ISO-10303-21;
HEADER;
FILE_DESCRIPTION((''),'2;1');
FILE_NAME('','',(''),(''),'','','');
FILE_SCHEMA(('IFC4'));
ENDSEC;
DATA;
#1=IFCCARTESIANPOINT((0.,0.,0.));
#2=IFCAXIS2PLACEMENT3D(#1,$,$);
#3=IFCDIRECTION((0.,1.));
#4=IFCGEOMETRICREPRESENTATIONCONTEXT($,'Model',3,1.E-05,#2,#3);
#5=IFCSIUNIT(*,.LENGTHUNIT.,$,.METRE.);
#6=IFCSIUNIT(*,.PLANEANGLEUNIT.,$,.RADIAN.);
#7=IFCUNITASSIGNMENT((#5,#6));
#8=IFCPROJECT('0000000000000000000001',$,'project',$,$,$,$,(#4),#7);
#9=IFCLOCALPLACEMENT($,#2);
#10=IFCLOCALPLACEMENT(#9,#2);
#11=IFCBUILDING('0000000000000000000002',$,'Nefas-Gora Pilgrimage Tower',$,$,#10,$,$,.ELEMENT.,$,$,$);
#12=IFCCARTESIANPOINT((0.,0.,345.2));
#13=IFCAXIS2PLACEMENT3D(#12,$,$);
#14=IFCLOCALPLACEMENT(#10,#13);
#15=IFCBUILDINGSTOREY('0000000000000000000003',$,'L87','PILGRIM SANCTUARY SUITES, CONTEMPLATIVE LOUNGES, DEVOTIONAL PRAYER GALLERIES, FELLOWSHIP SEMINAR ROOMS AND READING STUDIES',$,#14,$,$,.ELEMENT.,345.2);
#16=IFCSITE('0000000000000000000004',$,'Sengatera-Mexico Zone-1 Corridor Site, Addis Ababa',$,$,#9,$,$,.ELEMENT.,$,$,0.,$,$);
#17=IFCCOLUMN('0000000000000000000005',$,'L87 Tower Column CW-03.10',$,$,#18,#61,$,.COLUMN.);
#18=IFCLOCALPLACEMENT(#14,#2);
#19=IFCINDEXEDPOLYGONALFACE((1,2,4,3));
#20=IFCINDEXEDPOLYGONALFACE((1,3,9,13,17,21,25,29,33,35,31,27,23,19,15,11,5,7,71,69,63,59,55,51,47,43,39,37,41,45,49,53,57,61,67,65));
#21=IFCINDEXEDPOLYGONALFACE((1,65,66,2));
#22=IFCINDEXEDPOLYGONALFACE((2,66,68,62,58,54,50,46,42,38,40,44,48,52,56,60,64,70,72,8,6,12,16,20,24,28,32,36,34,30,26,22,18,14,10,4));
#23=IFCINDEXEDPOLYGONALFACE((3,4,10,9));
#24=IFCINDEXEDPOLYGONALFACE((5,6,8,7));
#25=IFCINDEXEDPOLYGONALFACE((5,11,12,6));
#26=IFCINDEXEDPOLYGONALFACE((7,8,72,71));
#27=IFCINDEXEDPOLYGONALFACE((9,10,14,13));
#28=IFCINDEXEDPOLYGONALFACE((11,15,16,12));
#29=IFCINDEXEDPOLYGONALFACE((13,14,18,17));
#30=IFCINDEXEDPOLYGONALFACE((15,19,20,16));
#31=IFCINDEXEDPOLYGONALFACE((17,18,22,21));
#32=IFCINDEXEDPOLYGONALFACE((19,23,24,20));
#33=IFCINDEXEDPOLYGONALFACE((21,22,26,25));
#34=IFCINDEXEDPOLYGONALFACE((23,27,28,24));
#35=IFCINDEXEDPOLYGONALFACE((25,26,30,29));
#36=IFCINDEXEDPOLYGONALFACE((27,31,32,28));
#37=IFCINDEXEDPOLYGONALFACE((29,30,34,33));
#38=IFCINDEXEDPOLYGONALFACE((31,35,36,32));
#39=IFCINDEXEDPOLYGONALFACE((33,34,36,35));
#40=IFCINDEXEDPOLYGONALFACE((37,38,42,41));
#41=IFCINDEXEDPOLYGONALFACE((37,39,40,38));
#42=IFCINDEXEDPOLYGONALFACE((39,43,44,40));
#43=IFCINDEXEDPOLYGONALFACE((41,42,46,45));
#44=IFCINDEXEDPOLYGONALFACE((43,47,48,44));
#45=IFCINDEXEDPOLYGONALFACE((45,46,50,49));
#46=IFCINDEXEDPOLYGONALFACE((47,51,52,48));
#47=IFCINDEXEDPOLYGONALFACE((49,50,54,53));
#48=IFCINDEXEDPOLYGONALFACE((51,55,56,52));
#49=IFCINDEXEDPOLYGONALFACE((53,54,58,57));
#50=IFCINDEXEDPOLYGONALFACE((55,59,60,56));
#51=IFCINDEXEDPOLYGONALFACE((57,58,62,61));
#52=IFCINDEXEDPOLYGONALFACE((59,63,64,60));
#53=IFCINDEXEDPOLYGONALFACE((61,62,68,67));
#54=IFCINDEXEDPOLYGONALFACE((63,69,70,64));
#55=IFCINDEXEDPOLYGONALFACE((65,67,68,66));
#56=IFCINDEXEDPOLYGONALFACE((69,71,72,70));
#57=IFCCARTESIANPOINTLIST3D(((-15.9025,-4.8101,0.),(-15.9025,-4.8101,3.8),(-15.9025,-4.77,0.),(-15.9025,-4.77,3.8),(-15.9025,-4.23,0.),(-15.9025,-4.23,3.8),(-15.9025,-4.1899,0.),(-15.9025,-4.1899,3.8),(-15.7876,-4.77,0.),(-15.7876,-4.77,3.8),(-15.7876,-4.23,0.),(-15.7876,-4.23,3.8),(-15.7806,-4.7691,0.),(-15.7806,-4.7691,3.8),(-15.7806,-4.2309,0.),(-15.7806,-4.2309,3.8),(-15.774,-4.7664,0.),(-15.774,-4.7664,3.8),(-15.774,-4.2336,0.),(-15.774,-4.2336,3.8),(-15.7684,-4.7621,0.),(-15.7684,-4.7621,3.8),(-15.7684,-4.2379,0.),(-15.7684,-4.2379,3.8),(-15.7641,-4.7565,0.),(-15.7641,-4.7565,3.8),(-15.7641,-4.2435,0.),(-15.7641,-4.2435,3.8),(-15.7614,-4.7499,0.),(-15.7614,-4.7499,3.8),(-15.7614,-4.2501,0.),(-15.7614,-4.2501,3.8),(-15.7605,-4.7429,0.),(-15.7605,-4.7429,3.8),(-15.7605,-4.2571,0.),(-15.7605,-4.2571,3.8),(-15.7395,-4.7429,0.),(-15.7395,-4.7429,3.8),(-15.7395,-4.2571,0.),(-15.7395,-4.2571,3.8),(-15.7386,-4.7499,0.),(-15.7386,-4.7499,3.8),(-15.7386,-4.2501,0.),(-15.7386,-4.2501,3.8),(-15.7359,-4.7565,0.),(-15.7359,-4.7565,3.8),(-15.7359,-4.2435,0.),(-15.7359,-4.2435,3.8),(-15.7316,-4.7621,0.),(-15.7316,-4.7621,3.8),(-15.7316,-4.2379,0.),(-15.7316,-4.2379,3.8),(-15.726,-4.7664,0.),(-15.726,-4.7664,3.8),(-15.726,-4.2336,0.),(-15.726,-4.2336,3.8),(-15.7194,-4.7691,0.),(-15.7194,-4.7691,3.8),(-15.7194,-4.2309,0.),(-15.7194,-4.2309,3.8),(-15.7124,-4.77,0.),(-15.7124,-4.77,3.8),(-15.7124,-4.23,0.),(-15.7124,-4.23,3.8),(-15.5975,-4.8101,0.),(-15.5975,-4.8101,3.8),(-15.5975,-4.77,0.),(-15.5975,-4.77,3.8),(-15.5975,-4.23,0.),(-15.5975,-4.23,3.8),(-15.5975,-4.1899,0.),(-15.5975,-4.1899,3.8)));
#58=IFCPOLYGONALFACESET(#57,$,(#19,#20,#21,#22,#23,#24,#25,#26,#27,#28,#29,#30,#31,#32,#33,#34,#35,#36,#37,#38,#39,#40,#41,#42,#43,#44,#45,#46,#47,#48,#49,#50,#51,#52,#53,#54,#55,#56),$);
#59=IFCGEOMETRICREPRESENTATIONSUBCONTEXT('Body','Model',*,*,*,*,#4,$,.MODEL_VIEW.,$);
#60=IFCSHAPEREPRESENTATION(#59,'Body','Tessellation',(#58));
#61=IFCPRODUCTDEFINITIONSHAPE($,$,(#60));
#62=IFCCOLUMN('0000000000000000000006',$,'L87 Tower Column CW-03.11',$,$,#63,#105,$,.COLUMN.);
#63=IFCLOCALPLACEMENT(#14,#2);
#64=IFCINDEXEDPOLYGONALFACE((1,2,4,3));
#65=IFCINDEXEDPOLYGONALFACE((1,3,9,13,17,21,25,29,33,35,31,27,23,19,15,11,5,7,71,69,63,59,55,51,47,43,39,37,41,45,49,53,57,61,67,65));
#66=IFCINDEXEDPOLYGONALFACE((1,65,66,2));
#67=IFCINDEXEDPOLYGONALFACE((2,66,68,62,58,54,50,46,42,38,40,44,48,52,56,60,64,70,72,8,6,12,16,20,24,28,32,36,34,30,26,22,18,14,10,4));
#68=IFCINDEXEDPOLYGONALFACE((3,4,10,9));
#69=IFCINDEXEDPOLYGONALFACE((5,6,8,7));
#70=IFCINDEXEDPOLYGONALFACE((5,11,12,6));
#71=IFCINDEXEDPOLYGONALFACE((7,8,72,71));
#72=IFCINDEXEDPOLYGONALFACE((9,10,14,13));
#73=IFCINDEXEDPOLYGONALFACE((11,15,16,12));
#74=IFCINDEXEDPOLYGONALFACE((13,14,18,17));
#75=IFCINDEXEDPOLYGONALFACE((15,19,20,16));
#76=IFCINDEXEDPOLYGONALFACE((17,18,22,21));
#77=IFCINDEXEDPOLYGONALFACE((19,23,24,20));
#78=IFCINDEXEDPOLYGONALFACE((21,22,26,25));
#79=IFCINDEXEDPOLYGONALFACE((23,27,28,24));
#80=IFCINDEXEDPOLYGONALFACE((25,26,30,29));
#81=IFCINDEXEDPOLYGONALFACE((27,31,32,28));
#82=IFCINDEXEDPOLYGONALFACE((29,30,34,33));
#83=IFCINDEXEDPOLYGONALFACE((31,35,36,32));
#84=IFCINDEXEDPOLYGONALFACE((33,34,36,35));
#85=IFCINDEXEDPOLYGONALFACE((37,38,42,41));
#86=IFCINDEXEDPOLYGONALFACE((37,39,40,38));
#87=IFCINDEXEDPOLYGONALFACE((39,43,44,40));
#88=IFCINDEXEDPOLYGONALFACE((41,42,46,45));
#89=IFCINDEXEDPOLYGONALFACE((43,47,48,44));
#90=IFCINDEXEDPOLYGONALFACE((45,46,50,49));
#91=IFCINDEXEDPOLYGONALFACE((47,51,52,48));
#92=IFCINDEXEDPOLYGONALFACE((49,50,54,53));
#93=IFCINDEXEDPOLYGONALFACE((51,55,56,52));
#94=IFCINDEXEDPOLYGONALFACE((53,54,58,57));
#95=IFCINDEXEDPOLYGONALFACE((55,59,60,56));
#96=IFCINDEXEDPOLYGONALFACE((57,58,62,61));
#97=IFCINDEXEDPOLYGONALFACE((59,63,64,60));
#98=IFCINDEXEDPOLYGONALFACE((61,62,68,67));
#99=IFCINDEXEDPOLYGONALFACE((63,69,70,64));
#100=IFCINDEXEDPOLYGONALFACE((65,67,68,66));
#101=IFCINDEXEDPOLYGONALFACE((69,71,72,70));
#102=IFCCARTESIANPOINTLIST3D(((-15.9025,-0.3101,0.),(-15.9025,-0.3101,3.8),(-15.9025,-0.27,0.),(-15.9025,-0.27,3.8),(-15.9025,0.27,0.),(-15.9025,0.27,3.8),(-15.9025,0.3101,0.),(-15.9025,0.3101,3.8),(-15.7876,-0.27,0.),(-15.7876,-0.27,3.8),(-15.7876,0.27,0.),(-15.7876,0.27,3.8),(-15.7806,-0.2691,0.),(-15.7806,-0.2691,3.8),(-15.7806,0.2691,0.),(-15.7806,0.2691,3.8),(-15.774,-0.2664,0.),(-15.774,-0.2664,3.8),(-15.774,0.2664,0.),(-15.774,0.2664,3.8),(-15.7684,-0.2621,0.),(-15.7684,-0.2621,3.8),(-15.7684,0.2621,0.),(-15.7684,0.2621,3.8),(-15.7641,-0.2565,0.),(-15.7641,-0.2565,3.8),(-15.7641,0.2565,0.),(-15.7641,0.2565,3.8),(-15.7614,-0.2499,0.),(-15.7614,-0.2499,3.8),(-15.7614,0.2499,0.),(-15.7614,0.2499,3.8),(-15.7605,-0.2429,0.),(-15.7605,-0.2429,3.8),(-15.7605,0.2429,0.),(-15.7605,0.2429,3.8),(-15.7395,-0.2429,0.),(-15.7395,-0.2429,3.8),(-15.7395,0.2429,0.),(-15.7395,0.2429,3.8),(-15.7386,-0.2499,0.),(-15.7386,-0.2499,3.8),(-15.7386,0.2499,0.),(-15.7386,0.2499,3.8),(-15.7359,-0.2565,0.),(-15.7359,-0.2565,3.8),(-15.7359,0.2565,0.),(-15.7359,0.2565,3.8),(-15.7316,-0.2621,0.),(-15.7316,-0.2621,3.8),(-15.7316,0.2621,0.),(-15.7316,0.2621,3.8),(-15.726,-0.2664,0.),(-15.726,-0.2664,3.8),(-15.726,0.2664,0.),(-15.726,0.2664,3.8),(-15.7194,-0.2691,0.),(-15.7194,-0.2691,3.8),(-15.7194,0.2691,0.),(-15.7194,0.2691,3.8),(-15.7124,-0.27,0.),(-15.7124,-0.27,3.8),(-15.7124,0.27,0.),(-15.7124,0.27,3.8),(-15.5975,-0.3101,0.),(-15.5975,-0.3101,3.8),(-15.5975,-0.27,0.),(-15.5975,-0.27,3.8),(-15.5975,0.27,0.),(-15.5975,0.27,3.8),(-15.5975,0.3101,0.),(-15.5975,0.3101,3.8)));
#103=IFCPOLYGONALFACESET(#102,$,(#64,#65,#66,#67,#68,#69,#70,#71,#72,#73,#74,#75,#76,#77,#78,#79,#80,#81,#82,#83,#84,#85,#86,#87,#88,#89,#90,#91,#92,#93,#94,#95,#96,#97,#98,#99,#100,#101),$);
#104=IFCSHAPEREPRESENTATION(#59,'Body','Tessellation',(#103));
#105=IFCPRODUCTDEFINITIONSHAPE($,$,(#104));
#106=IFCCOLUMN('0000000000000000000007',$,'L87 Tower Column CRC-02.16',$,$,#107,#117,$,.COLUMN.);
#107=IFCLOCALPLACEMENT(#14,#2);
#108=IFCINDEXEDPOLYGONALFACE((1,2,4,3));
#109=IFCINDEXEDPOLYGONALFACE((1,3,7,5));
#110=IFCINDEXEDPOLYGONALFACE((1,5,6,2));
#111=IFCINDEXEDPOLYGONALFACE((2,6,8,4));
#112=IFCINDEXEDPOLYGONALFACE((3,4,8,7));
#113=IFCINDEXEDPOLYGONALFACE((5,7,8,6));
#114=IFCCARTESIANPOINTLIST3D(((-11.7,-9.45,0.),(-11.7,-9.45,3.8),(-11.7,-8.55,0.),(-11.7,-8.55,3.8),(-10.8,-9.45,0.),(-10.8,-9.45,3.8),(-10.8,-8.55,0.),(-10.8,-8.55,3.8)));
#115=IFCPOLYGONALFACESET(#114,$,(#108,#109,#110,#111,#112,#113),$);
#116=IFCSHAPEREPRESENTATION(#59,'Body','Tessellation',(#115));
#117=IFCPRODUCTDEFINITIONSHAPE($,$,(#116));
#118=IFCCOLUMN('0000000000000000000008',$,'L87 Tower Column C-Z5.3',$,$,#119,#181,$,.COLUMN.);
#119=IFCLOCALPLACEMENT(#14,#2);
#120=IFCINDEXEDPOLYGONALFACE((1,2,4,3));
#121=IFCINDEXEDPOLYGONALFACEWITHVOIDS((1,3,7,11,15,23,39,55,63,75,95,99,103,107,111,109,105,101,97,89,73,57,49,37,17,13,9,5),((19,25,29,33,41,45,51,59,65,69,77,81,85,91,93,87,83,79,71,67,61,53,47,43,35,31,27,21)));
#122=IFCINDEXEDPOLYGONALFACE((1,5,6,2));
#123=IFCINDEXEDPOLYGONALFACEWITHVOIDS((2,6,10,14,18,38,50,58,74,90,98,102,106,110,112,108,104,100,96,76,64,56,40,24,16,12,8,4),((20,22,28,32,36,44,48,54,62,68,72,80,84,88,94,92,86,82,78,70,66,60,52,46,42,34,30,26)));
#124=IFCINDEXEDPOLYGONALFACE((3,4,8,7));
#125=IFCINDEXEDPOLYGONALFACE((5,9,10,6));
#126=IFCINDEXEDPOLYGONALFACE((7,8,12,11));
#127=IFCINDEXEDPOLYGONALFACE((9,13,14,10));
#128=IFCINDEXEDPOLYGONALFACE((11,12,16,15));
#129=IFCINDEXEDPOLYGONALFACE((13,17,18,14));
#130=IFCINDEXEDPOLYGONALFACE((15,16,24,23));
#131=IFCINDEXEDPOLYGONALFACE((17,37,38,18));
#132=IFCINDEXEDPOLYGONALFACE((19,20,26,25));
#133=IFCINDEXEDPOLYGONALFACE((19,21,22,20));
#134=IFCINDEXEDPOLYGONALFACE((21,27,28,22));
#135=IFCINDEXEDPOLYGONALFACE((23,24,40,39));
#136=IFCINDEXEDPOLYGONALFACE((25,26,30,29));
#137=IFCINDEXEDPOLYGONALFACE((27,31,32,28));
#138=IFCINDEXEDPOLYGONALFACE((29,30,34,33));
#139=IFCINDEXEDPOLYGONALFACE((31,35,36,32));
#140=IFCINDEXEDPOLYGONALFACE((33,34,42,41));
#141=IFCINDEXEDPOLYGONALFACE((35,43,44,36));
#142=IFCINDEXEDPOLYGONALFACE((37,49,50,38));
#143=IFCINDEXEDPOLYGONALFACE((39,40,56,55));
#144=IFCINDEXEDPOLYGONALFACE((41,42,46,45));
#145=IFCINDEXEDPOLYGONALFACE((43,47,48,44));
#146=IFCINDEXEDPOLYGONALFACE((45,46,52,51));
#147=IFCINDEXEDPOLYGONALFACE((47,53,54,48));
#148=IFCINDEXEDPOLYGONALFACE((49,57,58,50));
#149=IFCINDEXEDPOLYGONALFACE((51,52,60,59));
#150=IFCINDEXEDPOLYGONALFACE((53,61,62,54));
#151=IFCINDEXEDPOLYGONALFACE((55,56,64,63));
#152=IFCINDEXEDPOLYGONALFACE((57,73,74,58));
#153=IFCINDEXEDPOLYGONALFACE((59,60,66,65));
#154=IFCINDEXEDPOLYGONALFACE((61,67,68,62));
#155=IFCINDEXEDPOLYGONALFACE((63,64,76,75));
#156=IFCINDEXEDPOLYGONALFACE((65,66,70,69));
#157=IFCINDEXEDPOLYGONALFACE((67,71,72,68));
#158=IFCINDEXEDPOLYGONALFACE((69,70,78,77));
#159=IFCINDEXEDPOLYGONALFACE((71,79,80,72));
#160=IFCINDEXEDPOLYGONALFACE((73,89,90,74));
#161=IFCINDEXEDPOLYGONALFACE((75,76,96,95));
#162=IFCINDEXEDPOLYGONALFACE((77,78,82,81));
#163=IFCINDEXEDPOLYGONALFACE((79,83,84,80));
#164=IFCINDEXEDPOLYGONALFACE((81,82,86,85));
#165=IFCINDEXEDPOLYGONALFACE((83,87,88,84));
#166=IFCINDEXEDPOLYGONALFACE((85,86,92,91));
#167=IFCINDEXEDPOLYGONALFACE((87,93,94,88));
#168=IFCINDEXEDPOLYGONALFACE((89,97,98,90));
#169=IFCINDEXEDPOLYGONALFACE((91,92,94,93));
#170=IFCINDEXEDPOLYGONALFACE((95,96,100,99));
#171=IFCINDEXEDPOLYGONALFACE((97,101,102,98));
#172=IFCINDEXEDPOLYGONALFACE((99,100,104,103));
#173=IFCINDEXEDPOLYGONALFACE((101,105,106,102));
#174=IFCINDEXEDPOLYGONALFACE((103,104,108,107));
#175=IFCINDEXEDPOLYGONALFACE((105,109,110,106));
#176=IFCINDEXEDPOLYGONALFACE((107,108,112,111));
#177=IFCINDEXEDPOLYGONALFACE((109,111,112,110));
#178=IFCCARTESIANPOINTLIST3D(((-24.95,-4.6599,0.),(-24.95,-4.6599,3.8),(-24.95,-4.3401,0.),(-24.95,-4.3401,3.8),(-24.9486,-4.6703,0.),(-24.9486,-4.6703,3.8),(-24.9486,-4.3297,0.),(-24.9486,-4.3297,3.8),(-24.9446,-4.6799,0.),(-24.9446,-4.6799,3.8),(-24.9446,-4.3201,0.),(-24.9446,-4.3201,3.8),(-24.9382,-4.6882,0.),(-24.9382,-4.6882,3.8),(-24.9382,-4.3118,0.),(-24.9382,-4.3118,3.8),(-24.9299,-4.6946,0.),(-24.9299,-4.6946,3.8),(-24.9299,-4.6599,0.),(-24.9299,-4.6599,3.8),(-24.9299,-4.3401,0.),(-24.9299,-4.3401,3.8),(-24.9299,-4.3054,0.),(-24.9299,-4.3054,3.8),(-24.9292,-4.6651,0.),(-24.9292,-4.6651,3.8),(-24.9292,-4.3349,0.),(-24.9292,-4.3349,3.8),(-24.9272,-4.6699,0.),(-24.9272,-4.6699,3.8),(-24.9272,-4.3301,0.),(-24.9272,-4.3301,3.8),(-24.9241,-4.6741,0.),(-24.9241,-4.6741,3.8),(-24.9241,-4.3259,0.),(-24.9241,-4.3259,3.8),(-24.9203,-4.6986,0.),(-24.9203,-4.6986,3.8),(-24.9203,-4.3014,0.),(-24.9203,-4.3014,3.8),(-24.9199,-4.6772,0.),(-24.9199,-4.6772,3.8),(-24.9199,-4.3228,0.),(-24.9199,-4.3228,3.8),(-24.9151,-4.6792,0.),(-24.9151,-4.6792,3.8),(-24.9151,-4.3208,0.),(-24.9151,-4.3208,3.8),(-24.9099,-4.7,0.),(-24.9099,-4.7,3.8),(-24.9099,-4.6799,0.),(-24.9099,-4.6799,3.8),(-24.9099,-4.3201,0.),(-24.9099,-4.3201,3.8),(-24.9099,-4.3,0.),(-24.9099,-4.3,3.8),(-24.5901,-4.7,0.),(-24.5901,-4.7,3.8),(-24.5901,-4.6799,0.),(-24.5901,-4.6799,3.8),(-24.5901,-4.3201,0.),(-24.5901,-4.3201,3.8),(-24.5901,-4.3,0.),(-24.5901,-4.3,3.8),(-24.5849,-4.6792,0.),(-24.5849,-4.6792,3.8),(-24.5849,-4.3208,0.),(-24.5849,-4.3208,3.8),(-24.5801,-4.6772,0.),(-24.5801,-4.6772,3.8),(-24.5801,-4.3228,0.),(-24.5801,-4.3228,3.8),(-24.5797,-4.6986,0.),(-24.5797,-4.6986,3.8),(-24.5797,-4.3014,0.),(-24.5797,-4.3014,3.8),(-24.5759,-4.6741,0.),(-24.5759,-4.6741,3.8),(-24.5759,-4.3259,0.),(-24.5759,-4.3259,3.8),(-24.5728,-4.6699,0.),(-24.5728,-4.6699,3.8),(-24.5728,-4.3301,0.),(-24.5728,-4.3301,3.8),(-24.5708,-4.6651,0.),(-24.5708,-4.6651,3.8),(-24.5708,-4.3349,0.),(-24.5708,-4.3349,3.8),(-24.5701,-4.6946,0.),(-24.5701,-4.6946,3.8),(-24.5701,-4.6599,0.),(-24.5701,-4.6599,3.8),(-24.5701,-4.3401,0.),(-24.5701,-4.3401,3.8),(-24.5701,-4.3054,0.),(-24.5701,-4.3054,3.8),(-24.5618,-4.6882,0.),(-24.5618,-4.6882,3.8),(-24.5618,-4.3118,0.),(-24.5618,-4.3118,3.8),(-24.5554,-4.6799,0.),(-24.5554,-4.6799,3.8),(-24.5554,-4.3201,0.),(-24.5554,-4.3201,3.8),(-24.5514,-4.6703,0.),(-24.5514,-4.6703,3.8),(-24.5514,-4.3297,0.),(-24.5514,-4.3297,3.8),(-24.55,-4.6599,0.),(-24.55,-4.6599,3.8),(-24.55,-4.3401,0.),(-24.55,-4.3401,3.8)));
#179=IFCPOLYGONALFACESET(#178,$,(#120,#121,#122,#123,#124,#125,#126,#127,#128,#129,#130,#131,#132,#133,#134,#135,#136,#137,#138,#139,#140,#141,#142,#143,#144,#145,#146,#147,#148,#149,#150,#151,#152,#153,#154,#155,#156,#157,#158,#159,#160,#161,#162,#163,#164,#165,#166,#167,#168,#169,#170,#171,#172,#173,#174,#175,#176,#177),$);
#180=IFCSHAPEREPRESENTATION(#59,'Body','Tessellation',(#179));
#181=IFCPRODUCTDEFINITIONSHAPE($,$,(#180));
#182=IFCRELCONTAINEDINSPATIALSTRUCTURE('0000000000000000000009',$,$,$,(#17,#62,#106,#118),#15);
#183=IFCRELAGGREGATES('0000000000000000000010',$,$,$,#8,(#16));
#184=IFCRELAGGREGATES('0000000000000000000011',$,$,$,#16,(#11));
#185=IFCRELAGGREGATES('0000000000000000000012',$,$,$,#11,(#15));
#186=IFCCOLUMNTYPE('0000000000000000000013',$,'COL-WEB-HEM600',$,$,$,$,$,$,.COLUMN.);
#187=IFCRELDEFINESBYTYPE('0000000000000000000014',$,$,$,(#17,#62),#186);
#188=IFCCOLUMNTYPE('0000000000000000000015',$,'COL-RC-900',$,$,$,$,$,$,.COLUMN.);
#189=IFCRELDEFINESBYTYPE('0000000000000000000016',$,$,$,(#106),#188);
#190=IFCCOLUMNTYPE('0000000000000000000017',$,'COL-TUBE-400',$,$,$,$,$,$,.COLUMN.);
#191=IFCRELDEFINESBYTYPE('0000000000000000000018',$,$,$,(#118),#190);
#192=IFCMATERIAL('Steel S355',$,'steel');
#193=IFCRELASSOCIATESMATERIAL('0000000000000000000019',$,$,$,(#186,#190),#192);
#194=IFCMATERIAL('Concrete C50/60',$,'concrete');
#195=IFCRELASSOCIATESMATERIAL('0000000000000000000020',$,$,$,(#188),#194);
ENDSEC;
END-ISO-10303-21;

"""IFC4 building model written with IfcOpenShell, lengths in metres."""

from ifc_helpers import new_model, si_unit, direction, frame, origin, origin_2d, place, context, subcontext, project, spatial, rectangle, hollow_rectangle, i_section, extrude, source, transform, mapped, material, material_profile, profile_set, type_object, element, save


model = new_model("IFC4")

# Units and contexts
model_context = context("Model", 3, precision=1e-05, world=origin(), true_north=direction((0.0, 1.0)))
body_context = subcontext(model_context, "Body", "Model", "MODEL_VIEW")
ifc_project = project(units=[si_unit("LENGTHUNIT", "METRE"), si_unit("PLANEANGLEUNIT", "RADIAN")], contexts=[model_context])

# Site, building, storey
site_placement = place(None, origin())
site = spatial("IfcSite", under=ifc_project, at=site_placement, Name="Sengatera-Mexico Zone-1 Corridor Site, Addis Ababa", CompositionType="ELEMENT", RefElevation=0.0)
building_placement = place(site_placement, origin())
building = spatial("IfcBuilding", under=site, at=building_placement, Name="Nefas-Gora Pilgrimage Tower", CompositionType="ELEMENT")
storey_placement = place(building_placement, frame((0.0, 0.0, 345.2)))
storey = spatial("IfcBuildingStorey", under=building, at=storey_placement, Name="L87", Description="PILGRIM SANCTUARY SUITES, CONTEMPLATIVE LOUNGES, DEVOTIONAL PRAYER GALLERIES, FELLOWSHIP SEMINAR ROOMS AND READING STUDIES", CompositionType="ELEMENT", Elevation=345.2)

# Columns
ifc_material_1 = material(Name="Steel S355", Category="steel")
ifc_material_profile_1 = material_profile(ifc_material_1, i_section(OverallWidth=0.3049, OverallDepth=0.6201, WebThickness=0.021, FlangeThickness=0.04, FilletRadius=0.0271, at=origin_2d()), Name="HEM 600")
ifc_profile_set_1 = profile_set([ifc_material_profile_1], Name="Steel S355")
column_type_1 = type_object("IfcColumnType", Name="COL-WEB-HEM600", PredefinedType="COLUMN", material=ifc_profile_set_1)
shared_shape_1 = source(origin(), body_context, "Body", "SweptSolid", [
    extrude(i_section(OverallWidth=0.3049, OverallDepth=0.6201, WebThickness=0.021, FlangeThickness=0.04, FilletRadius=0.0271, at=origin_2d()), origin(), (0.0, 0.0, 1.0), 3.8),
])
for number, where, z_axis, x_axis, name in (
    (1, (-15.75, -4.5, 0.0), (0.0, 0.0, 1.0), (1.0, 0.0, 0.0), "L87 Tower Column CW-03.10"),
    (2, (-15.75, 0.0, 0.0), (0.0, 0.0, 1.0), (1.0, 0.0, 0.0), "L87 Tower Column CW-03.11"),
):
    element("IfcColumn", number, at=place(storey_placement, frame(where, z_axis=z_axis, x_axis=x_axis)), inside=storey, type_object=column_type_1, Name=name, PredefinedType="COLUMN", context=body_context, shape_type="MappedRepresentation", body=[
        mapped(shared_shape_1, transform((0.0, 0.0, 0.0), x_axis=(1.0, 0.0, 0.0), y_axis=(0.0, 1.0, 0.0), z_axis=(0.0, 0.0, 1.0), scale=1.0)),
    ])
ifc_material_2 = material(Name="Concrete C50/60", Category="concrete")
ifc_material_profile_2 = material_profile(ifc_material_2, rectangle(XDim=0.8999, YDim=0.8999, at=origin_2d()), Name="RC 900x900")
ifc_profile_set_2 = profile_set([ifc_material_profile_2], Name="Concrete C50/60")
column_type_2 = type_object("IfcColumnType", Name="COL-RC-900", PredefinedType="COLUMN", material=ifc_profile_set_2)
shared_shape_2 = source(origin(), body_context, "Body", "SweptSolid", [
    extrude(rectangle(XDim=0.8999, YDim=0.8999, at=origin_2d()), origin(), (0.0, 0.0, 1.0), 3.8),
])
column_placement = place(storey_placement, frame((-11.25, -9.0, 0.0), z_axis=(0.0, 0.0, 1.0), x_axis=(1.0, 0.0, 0.0)))
element("IfcColumn", 3, at=column_placement, inside=storey, type_object=column_type_2, Name="L87 Tower Column CRC-02.16", PredefinedType="COLUMN", context=body_context, shape_type="MappedRepresentation", body=[
    mapped(shared_shape_2, transform((0.0, 0.0, 0.0), x_axis=(1.0, 0.0, 0.0), y_axis=(0.0, 1.0, 0.0), z_axis=(0.0, 0.0, 1.0), scale=1.0)),
])
ifc_material_profile_3 = material_profile(ifc_material_1, hollow_rectangle(XDim=0.3999, YDim=0.3999, WallThickness=0.02, InnerFilletRadius=0.02, OuterFilletRadius=0.04, at=origin_2d()), Name="SHS 400x400x20")
ifc_profile_set_3 = profile_set([ifc_material_profile_3], Name="Steel S355")
column_type_3 = type_object("IfcColumnType", Name="COL-TUBE-400", PredefinedType="COLUMN", material=ifc_profile_set_3)
shared_shape_3 = source(origin(), body_context, "Body", "SweptSolid", [
    extrude(hollow_rectangle(XDim=0.3999, YDim=0.3999, WallThickness=0.02, InnerFilletRadius=0.02, OuterFilletRadius=0.04, at=origin_2d()), origin(), (0.0, 0.0, 1.0), 3.8),
])
for number, where, z_axis, x_axis, name in (
    (4, (-24.75, -4.5, 0.0), (0.0, 0.0, 1.0), (1.0, 0.0, 0.0), "L87 Tower Column C-Z5.3"),
):
    element("IfcColumn", number, at=place(storey_placement, frame(where, z_axis=z_axis, x_axis=x_axis)), inside=storey, type_object=column_type_3, Name=name, PredefinedType="COLUMN", context=body_context, shape_type="MappedRepresentation", body=[
        mapped(shared_shape_3, transform((0.0, 0.0, 0.0), x_axis=(1.0, 0.0, 0.0), y_axis=(0.0, 1.0, 0.0), z_axis=(0.0, 0.0, 1.0), scale=1.0)),
    ])

save(model, "model.ifc")
